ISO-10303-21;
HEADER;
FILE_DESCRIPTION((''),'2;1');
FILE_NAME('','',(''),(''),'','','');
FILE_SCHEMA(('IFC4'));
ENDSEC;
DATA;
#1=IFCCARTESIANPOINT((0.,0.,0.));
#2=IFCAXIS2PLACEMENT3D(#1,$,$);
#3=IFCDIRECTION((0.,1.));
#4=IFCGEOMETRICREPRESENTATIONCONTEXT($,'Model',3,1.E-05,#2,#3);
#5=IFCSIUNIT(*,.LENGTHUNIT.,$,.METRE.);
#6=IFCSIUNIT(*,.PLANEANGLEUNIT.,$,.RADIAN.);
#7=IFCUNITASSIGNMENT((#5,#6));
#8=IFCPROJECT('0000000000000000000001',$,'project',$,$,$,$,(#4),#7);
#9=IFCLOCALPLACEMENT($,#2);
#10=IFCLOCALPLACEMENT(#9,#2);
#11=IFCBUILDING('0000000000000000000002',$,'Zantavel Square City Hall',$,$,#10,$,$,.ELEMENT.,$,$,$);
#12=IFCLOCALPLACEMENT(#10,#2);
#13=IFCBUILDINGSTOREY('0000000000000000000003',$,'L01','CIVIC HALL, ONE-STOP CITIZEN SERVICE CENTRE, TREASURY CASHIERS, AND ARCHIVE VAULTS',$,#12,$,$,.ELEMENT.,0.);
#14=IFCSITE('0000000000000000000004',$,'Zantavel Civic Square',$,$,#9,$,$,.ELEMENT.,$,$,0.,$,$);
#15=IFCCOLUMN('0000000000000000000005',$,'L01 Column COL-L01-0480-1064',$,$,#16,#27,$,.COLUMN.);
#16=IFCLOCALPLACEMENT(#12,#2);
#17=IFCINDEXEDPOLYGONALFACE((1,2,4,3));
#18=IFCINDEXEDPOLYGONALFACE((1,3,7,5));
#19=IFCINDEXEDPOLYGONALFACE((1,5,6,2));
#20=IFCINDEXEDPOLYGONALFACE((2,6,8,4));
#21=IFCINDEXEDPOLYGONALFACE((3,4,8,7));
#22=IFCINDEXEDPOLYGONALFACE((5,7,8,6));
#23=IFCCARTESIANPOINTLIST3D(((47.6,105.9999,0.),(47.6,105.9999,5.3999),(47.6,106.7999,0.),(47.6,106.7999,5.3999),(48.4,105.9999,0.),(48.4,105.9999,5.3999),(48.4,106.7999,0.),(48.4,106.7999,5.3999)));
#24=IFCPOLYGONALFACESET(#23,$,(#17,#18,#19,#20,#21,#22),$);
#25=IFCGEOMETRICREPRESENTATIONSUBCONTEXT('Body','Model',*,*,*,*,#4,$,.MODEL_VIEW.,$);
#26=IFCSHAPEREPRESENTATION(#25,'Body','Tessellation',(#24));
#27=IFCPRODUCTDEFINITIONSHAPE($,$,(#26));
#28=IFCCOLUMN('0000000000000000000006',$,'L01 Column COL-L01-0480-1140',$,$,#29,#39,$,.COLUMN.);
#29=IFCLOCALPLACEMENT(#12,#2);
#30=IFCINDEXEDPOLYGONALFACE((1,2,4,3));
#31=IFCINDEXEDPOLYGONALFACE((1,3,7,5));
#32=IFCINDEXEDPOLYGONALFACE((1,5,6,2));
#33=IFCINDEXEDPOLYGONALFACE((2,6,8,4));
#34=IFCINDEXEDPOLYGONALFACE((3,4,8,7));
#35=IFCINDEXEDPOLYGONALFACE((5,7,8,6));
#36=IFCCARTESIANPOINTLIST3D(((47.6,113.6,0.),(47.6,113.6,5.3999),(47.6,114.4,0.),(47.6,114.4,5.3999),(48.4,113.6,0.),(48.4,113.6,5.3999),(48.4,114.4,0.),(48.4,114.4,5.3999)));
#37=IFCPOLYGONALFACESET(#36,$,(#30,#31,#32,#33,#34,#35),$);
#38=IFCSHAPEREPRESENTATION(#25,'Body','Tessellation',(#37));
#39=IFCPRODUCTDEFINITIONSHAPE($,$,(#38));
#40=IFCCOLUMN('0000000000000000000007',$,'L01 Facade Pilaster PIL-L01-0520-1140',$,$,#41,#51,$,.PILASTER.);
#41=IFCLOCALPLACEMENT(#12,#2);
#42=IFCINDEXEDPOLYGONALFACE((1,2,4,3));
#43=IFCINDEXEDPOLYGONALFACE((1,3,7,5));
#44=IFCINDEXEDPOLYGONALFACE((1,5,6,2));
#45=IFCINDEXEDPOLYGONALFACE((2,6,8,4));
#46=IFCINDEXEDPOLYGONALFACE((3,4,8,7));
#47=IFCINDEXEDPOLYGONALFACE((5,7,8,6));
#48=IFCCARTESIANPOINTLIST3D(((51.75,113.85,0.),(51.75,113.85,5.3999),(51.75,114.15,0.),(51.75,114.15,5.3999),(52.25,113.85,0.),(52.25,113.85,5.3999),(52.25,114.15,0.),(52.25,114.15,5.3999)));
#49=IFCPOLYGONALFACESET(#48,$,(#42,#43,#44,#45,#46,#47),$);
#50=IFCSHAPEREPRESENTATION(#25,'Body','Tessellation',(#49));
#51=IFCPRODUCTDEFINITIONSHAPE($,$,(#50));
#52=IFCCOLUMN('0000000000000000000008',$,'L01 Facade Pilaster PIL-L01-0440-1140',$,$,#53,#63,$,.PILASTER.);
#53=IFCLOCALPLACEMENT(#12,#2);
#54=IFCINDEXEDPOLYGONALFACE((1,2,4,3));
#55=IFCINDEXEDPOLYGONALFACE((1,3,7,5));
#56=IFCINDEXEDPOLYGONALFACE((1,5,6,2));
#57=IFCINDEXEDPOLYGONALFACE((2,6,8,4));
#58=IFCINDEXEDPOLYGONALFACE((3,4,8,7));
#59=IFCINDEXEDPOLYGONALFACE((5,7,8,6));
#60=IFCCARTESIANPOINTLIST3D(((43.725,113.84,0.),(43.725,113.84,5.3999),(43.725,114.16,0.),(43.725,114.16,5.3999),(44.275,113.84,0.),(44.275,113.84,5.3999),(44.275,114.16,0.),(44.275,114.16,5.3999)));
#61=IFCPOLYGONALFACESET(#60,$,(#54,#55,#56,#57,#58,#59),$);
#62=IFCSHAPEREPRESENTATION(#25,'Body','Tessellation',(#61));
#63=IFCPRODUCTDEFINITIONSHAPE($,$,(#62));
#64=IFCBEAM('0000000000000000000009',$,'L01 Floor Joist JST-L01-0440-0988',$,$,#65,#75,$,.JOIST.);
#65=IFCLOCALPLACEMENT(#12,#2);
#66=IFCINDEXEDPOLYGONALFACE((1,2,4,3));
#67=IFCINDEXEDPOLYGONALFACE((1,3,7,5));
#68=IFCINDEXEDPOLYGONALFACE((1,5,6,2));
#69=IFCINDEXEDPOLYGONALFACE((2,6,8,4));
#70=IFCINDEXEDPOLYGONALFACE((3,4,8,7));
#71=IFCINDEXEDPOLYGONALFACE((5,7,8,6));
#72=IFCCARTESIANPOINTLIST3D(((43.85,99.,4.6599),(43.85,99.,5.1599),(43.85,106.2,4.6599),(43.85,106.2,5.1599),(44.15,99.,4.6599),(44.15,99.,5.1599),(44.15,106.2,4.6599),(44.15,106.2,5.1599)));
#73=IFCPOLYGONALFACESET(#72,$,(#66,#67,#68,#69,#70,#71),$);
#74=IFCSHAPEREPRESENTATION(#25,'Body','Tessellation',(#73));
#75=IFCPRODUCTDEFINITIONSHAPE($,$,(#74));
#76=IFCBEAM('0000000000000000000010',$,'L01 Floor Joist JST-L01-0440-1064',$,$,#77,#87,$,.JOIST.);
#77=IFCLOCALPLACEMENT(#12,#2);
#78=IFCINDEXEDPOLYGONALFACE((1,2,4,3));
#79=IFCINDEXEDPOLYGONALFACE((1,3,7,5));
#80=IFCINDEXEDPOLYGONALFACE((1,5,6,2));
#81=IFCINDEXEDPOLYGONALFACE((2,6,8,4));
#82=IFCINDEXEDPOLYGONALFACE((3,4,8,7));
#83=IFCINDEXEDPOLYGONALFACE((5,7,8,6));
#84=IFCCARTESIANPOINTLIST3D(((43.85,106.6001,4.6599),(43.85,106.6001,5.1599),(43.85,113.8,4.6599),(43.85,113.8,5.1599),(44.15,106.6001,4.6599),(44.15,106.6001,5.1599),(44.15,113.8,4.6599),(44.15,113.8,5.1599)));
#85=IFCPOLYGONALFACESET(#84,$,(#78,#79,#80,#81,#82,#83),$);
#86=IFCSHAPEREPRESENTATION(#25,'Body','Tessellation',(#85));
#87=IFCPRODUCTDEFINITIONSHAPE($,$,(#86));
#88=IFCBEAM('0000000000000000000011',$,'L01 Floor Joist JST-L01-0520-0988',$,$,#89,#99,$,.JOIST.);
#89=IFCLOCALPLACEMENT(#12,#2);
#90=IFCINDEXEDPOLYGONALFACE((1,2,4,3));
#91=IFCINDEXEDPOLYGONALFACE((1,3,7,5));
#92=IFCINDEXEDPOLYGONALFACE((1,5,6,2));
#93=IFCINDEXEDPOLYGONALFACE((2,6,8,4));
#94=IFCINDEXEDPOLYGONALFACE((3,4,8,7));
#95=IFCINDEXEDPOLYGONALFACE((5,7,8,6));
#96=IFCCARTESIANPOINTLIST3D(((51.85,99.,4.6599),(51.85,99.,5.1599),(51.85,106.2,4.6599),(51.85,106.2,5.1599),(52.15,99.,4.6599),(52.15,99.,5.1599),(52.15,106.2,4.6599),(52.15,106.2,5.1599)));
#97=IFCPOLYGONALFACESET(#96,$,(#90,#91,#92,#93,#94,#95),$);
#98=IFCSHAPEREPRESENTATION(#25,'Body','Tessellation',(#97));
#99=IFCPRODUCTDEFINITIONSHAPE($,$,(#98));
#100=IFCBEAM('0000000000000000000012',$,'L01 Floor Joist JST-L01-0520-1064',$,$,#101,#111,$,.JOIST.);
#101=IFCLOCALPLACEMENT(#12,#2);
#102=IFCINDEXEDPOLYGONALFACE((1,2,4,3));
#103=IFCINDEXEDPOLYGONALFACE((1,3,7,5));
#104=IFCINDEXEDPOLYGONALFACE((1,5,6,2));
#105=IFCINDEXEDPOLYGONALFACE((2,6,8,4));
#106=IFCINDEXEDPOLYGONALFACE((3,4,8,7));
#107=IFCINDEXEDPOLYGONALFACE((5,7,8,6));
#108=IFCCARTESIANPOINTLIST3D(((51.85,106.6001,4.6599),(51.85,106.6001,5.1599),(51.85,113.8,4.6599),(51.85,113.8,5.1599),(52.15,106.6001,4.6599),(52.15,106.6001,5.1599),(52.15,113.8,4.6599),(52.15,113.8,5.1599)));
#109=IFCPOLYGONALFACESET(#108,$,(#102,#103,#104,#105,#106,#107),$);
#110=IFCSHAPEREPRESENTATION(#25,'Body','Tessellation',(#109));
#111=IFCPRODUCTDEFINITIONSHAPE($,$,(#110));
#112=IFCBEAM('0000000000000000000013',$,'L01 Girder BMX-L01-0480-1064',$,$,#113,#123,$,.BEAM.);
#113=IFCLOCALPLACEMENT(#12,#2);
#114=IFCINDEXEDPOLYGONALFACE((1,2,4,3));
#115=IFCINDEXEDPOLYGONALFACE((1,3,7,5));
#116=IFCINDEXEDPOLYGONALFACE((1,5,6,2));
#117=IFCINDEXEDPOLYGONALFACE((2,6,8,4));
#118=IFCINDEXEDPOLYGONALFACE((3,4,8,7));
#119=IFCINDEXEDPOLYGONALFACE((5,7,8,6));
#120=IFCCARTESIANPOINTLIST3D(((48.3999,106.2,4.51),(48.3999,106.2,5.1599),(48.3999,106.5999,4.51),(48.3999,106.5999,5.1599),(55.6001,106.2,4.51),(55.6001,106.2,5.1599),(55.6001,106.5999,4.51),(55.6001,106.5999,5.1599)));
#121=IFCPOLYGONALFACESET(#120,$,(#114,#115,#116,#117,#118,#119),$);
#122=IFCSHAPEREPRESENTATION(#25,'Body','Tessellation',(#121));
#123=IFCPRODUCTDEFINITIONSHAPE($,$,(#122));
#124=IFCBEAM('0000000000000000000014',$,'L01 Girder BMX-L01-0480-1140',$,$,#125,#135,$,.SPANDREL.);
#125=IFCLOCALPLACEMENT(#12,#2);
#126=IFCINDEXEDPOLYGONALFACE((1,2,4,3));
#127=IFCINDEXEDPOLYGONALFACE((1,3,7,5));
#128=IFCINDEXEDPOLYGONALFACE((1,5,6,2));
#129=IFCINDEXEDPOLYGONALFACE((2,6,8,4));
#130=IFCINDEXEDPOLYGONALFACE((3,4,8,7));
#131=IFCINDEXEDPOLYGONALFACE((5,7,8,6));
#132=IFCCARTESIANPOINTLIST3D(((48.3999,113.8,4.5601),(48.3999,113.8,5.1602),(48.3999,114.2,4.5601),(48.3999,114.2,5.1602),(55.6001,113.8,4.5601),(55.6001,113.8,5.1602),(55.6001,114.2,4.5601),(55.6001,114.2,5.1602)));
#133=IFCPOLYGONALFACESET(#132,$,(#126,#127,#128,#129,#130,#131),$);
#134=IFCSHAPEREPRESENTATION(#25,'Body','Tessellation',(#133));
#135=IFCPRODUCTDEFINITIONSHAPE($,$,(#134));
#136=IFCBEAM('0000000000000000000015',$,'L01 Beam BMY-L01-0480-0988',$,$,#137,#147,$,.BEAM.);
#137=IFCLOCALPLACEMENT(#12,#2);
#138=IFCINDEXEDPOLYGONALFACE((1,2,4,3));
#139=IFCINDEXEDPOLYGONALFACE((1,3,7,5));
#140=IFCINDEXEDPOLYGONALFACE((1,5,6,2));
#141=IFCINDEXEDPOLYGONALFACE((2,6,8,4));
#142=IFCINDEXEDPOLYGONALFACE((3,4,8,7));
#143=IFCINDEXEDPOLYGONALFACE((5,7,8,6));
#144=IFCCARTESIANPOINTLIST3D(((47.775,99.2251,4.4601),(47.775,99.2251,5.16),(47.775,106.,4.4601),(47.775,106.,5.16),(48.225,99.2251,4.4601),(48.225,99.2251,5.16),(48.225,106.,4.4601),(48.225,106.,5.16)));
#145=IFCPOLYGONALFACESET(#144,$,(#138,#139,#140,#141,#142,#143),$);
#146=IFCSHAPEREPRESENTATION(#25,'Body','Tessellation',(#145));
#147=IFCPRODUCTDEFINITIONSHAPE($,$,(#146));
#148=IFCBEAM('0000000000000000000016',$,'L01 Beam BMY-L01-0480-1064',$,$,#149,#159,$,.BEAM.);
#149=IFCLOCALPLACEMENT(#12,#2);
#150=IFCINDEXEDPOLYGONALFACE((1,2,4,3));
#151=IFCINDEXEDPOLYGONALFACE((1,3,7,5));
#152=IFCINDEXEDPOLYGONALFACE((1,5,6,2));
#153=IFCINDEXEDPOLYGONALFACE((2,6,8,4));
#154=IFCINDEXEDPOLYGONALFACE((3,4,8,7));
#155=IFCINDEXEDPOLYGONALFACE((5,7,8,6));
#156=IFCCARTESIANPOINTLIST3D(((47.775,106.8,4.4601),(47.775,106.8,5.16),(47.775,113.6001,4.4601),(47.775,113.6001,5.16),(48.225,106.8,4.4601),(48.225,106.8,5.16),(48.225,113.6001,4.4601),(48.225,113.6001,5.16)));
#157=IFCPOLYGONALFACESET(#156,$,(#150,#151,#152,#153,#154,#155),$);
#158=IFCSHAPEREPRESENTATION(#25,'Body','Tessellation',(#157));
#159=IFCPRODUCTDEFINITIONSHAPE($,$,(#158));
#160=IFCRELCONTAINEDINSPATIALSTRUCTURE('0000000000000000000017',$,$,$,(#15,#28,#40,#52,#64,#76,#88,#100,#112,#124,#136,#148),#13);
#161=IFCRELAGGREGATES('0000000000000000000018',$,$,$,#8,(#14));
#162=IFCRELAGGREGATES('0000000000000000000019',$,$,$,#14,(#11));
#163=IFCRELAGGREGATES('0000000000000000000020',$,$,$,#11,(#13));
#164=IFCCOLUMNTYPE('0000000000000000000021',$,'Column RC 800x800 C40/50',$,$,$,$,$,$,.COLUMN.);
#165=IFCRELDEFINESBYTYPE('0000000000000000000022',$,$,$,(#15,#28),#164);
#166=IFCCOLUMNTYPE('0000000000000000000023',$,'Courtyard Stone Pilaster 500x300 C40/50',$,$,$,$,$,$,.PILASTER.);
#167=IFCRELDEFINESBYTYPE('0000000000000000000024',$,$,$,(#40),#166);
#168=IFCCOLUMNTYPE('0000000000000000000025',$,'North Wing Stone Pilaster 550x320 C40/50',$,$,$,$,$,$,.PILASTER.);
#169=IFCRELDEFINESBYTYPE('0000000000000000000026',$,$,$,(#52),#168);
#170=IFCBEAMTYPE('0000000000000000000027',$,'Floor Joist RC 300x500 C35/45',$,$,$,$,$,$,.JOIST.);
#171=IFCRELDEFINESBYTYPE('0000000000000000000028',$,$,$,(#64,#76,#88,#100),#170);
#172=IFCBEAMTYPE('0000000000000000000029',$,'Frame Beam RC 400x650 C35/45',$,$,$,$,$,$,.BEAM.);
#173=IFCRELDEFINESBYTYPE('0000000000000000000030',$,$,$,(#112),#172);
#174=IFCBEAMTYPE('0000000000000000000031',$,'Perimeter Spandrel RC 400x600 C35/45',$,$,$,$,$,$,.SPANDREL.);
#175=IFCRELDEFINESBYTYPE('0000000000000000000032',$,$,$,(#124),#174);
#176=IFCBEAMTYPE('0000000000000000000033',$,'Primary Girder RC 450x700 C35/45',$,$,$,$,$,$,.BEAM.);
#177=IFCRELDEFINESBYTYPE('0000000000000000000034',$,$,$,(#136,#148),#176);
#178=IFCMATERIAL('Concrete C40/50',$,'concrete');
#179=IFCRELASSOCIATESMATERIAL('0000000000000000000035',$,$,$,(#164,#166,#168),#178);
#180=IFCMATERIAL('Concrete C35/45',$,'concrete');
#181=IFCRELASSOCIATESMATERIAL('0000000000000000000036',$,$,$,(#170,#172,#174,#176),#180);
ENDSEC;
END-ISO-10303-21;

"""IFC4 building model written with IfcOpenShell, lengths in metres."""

from ifc_helpers import new_model, si_unit, direction, frame, origin, origin_2d, place, context, subcontext, project, spatial, rectangle, extrude, material, material_profile, profile_set, type_object, element, save


model = new_model("IFC4")

# Units and contexts
model_context = context("Model", 3, precision=1e-05, world=origin(), true_north=direction((0.0, 1.0)))
body_context = subcontext(model_context, "Body", "Model", "MODEL_VIEW")
ifc_project = project(units=[si_unit("LENGTHUNIT", "METRE"), si_unit("PLANEANGLEUNIT", "RADIAN")], contexts=[model_context])

# Site, building, storey
site_placement = place(None, origin())
site = spatial("IfcSite", under=ifc_project, at=site_placement, Name="Zantavel Civic Square", CompositionType="ELEMENT", RefElevation=0.0)
building_placement = place(site_placement, origin())
building = spatial("IfcBuilding", under=site, at=building_placement, Name="Zantavel Square City Hall", CompositionType="ELEMENT")
storey_placement = place(building_placement, origin())
storey = spatial("IfcBuildingStorey", under=building, at=storey_placement, Name="L01", Description="CIVIC HALL, ONE-STOP CITIZEN SERVICE CENTRE, TREASURY CASHIERS, AND ARCHIVE VAULTS", CompositionType="ELEMENT", Elevation=0.0)

# Columns
ifc_material_1 = material(Name="Concrete C40/50", Category="concrete")
ifc_material_profile_1 = material_profile(ifc_material_1, rectangle(XDim=0.8, YDim=0.8, at=origin_2d()), Name="RC 800x800")
ifc_profile_set_1 = profile_set([ifc_material_profile_1], Name="Concrete C40/50")
column_type_1 = type_object("IfcColumnType", Name="Column RC 800x800 C40/50", PredefinedType="COLUMN", material=ifc_profile_set_1)
for number, where, z_axis, x_axis, name in (
    (1, (48.0, 106.3999, 0.0), (0.0, 0.0, 1.0), (1.0, 0.0, 0.0), "L01 Column COL-L01-0480-1064"),
    (2, (48.0, 114.0, 0.0), (0.0, 0.0, 1.0), (1.0, 0.0, 0.0), "L01 Column COL-L01-0480-1140"),
):
    element("IfcColumn", number, at=place(storey_placement, frame(where, z_axis=z_axis, x_axis=x_axis)), inside=storey, type_object=column_type_1, Name=name, PredefinedType="COLUMN", context=body_context, shape_type="SweptSolid", body=[
        extrude(rectangle(XDim=0.8, YDim=0.8, at=origin_2d()), origin(), (0.0, 0.0, 1.0), 5.3999),
    ])
ifc_material_profile_2 = material_profile(ifc_material_1, rectangle(XDim=0.5, YDim=0.3, at=origin_2d()), Name="RC 500x300")
ifc_profile_set_2 = profile_set([ifc_material_profile_2], Name="Concrete C40/50")
column_type_2 = type_object("IfcColumnType", Name="Courtyard Stone Pilaster 500x300 C40/50", PredefinedType="PILASTER", material=ifc_profile_set_2)
column_1_placement = place(storey_placement, frame((52.0, 114.0, 0.0), z_axis=(0.0, 0.0, 1.0), x_axis=(1.0, 0.0, 0.0)))
element("IfcColumn", 3, at=column_1_placement, inside=storey, type_object=column_type_2, Name="L01 Facade Pilaster PIL-L01-0520-1140", PredefinedType="PILASTER", context=body_context, shape_type="SweptSolid", body=[
    extrude(rectangle(XDim=0.5, YDim=0.3, at=origin_2d()), origin(), (0.0, 0.0, 1.0), 5.3999),
])
ifc_material_profile_3 = material_profile(ifc_material_1, rectangle(XDim=0.55, YDim=0.3201, at=origin_2d()), Name="RC 550x320")
ifc_profile_set_3 = profile_set([ifc_material_profile_3], Name="Concrete C40/50")
column_type_3 = type_object("IfcColumnType", Name="North Wing Stone Pilaster 550x320 C40/50", PredefinedType="PILASTER", material=ifc_profile_set_3)
column_2_placement = place(storey_placement, frame((44.0, 114.0, 0.0), z_axis=(0.0, 0.0, 1.0), x_axis=(1.0, 0.0, 0.0)))
element("IfcColumn", 4, at=column_2_placement, inside=storey, type_object=column_type_3, Name="L01 Facade Pilaster PIL-L01-0440-1140", PredefinedType="PILASTER", context=body_context, shape_type="SweptSolid", body=[
    extrude(rectangle(XDim=0.55, YDim=0.3201, at=origin_2d()), origin(), (0.0, 0.0, 1.0), 5.3999),
])

# Beams
ifc_material_2 = material(Name="Concrete C35/45", Category="concrete")
ifc_material_profile_4 = material_profile(ifc_material_2, rectangle(XDim=0.3, YDim=0.5, at=origin_2d()), Name="RC 300x500")
ifc_profile_set_4 = profile_set([ifc_material_profile_4], Name="Concrete C35/45")
beam_type_1 = type_object("IfcBeamType", Name="Floor Joist RC 300x500 C35/45", PredefinedType="JOIST", material=ifc_profile_set_4)
for number, where, z_axis, x_axis, name in (
    (5, (44.0, 99.0, 4.9099), (0.0, 1.0, 0.0), (-1.0, 0.0, 0.0), "L01 Floor Joist JST-L01-0440-0988"),
    (6, (44.0, 106.6001, 4.9099), (0.0, 1.0, 0.0), (-1.0, 0.0, 0.0), "L01 Floor Joist JST-L01-0440-1064"),
    (7, (52.0, 99.0, 4.9099), (0.0, 1.0, 0.0), (-1.0, 0.0, 0.0), "L01 Floor Joist JST-L01-0520-0988"),
    (8, (52.0, 106.6001, 4.9099), (0.0, 1.0, 0.0), (-1.0, 0.0, 0.0), "L01 Floor Joist JST-L01-0520-1064"),
):
    element("IfcBeam", number, at=place(storey_placement, frame(where, z_axis=z_axis, x_axis=x_axis)), inside=storey, type_object=beam_type_1, Name=name, PredefinedType="JOIST", context=body_context, shape_type="SweptSolid", body=[
        extrude(rectangle(XDim=0.3, YDim=0.5, at=origin_2d()), origin(), (0.0, 0.0, 1.0), 7.2),
    ])
ifc_material_profile_5 = material_profile(ifc_material_2, rectangle(XDim=0.3999, YDim=0.6499, at=origin_2d()), Name="RC 400x650")
ifc_profile_set_5 = profile_set([ifc_material_profile_5], Name="Concrete C35/45")
beam_type_2 = type_object("IfcBeamType", Name="Frame Beam RC 400x650 C35/45", PredefinedType="BEAM", material=ifc_profile_set_5)
beam_1_placement = place(storey_placement, frame((48.3999, 106.3999, 4.835), z_axis=(1.0, 0.0, 0.0), x_axis=(0.0, 1.0, 0.0)))
element("IfcBeam", 9, at=beam_1_placement, inside=storey, type_object=beam_type_2, Name="L01 Girder BMX-L01-0480-1064", PredefinedType="BEAM", context=body_context, shape_type="SweptSolid", body=[
    extrude(rectangle(XDim=0.3999, YDim=0.6499, at=origin_2d()), origin(), (0.0, 0.0, 1.0), 7.2002),
])
ifc_material_profile_6 = material_profile(ifc_material_2, rectangle(XDim=0.3999, YDim=0.6001, at=origin_2d()), Name="RC 400x600")
ifc_profile_set_6 = profile_set([ifc_material_profile_6], Name="Concrete C35/45")
beam_type_3 = type_object("IfcBeamType", Name="Perimeter Spandrel RC 400x600 C35/45", PredefinedType="SPANDREL", material=ifc_profile_set_6)
beam_2_placement = place(storey_placement, frame((48.3999, 114.0, 4.8601), z_axis=(1.0, 0.0, 0.0), x_axis=(0.0, 1.0, 0.0)))
element("IfcBeam", 10, at=beam_2_placement, inside=storey, type_object=beam_type_3, Name="L01 Girder BMX-L01-0480-1140", PredefinedType="SPANDREL", context=body_context, shape_type="SweptSolid", body=[
    extrude(rectangle(XDim=0.3999, YDim=0.6001, at=origin_2d()), origin(), (0.0, 0.0, 1.0), 7.2002),
])
ifc_material_profile_7 = material_profile(ifc_material_2, rectangle(XDim=0.45, YDim=0.7, at=origin_2d()), Name="RC 450x700")
ifc_profile_set_7 = profile_set([ifc_material_profile_7], Name="Concrete C35/45")
beam_type_4 = type_object("IfcBeamType", Name="Primary Girder RC 450x700 C35/45", PredefinedType="BEAM", material=ifc_profile_set_7)
beam_3_placement = place(storey_placement, frame((48.0, 99.2251, 4.8101), z_axis=(0.0, 1.0, 0.0), x_axis=(-1.0, 0.0, 0.0)))
element("IfcBeam", 11, at=beam_3_placement, inside=storey, type_object=beam_type_4, Name="L01 Beam BMY-L01-0480-0988", PredefinedType="BEAM", context=body_context, shape_type="SweptSolid", body=[
    extrude(rectangle(XDim=0.45, YDim=0.7, at=origin_2d()), origin(), (0.0, 0.0, 1.0), 6.7749),
])
beam_4_placement = place(storey_placement, frame((48.0, 106.8, 4.8101), z_axis=(0.0, 1.0, 0.0), x_axis=(-1.0, 0.0, 0.0)))
element("IfcBeam", 12, at=beam_4_placement, inside=storey, type_object=beam_type_4, Name="L01 Beam BMY-L01-0480-1064", PredefinedType="BEAM", context=body_context, shape_type="SweptSolid", body=[
    extrude(rectangle(XDim=0.45, YDim=0.7, at=origin_2d()), origin(), (0.0, 0.0, 1.0), 6.8),
])

save(model, "model.ifc")
